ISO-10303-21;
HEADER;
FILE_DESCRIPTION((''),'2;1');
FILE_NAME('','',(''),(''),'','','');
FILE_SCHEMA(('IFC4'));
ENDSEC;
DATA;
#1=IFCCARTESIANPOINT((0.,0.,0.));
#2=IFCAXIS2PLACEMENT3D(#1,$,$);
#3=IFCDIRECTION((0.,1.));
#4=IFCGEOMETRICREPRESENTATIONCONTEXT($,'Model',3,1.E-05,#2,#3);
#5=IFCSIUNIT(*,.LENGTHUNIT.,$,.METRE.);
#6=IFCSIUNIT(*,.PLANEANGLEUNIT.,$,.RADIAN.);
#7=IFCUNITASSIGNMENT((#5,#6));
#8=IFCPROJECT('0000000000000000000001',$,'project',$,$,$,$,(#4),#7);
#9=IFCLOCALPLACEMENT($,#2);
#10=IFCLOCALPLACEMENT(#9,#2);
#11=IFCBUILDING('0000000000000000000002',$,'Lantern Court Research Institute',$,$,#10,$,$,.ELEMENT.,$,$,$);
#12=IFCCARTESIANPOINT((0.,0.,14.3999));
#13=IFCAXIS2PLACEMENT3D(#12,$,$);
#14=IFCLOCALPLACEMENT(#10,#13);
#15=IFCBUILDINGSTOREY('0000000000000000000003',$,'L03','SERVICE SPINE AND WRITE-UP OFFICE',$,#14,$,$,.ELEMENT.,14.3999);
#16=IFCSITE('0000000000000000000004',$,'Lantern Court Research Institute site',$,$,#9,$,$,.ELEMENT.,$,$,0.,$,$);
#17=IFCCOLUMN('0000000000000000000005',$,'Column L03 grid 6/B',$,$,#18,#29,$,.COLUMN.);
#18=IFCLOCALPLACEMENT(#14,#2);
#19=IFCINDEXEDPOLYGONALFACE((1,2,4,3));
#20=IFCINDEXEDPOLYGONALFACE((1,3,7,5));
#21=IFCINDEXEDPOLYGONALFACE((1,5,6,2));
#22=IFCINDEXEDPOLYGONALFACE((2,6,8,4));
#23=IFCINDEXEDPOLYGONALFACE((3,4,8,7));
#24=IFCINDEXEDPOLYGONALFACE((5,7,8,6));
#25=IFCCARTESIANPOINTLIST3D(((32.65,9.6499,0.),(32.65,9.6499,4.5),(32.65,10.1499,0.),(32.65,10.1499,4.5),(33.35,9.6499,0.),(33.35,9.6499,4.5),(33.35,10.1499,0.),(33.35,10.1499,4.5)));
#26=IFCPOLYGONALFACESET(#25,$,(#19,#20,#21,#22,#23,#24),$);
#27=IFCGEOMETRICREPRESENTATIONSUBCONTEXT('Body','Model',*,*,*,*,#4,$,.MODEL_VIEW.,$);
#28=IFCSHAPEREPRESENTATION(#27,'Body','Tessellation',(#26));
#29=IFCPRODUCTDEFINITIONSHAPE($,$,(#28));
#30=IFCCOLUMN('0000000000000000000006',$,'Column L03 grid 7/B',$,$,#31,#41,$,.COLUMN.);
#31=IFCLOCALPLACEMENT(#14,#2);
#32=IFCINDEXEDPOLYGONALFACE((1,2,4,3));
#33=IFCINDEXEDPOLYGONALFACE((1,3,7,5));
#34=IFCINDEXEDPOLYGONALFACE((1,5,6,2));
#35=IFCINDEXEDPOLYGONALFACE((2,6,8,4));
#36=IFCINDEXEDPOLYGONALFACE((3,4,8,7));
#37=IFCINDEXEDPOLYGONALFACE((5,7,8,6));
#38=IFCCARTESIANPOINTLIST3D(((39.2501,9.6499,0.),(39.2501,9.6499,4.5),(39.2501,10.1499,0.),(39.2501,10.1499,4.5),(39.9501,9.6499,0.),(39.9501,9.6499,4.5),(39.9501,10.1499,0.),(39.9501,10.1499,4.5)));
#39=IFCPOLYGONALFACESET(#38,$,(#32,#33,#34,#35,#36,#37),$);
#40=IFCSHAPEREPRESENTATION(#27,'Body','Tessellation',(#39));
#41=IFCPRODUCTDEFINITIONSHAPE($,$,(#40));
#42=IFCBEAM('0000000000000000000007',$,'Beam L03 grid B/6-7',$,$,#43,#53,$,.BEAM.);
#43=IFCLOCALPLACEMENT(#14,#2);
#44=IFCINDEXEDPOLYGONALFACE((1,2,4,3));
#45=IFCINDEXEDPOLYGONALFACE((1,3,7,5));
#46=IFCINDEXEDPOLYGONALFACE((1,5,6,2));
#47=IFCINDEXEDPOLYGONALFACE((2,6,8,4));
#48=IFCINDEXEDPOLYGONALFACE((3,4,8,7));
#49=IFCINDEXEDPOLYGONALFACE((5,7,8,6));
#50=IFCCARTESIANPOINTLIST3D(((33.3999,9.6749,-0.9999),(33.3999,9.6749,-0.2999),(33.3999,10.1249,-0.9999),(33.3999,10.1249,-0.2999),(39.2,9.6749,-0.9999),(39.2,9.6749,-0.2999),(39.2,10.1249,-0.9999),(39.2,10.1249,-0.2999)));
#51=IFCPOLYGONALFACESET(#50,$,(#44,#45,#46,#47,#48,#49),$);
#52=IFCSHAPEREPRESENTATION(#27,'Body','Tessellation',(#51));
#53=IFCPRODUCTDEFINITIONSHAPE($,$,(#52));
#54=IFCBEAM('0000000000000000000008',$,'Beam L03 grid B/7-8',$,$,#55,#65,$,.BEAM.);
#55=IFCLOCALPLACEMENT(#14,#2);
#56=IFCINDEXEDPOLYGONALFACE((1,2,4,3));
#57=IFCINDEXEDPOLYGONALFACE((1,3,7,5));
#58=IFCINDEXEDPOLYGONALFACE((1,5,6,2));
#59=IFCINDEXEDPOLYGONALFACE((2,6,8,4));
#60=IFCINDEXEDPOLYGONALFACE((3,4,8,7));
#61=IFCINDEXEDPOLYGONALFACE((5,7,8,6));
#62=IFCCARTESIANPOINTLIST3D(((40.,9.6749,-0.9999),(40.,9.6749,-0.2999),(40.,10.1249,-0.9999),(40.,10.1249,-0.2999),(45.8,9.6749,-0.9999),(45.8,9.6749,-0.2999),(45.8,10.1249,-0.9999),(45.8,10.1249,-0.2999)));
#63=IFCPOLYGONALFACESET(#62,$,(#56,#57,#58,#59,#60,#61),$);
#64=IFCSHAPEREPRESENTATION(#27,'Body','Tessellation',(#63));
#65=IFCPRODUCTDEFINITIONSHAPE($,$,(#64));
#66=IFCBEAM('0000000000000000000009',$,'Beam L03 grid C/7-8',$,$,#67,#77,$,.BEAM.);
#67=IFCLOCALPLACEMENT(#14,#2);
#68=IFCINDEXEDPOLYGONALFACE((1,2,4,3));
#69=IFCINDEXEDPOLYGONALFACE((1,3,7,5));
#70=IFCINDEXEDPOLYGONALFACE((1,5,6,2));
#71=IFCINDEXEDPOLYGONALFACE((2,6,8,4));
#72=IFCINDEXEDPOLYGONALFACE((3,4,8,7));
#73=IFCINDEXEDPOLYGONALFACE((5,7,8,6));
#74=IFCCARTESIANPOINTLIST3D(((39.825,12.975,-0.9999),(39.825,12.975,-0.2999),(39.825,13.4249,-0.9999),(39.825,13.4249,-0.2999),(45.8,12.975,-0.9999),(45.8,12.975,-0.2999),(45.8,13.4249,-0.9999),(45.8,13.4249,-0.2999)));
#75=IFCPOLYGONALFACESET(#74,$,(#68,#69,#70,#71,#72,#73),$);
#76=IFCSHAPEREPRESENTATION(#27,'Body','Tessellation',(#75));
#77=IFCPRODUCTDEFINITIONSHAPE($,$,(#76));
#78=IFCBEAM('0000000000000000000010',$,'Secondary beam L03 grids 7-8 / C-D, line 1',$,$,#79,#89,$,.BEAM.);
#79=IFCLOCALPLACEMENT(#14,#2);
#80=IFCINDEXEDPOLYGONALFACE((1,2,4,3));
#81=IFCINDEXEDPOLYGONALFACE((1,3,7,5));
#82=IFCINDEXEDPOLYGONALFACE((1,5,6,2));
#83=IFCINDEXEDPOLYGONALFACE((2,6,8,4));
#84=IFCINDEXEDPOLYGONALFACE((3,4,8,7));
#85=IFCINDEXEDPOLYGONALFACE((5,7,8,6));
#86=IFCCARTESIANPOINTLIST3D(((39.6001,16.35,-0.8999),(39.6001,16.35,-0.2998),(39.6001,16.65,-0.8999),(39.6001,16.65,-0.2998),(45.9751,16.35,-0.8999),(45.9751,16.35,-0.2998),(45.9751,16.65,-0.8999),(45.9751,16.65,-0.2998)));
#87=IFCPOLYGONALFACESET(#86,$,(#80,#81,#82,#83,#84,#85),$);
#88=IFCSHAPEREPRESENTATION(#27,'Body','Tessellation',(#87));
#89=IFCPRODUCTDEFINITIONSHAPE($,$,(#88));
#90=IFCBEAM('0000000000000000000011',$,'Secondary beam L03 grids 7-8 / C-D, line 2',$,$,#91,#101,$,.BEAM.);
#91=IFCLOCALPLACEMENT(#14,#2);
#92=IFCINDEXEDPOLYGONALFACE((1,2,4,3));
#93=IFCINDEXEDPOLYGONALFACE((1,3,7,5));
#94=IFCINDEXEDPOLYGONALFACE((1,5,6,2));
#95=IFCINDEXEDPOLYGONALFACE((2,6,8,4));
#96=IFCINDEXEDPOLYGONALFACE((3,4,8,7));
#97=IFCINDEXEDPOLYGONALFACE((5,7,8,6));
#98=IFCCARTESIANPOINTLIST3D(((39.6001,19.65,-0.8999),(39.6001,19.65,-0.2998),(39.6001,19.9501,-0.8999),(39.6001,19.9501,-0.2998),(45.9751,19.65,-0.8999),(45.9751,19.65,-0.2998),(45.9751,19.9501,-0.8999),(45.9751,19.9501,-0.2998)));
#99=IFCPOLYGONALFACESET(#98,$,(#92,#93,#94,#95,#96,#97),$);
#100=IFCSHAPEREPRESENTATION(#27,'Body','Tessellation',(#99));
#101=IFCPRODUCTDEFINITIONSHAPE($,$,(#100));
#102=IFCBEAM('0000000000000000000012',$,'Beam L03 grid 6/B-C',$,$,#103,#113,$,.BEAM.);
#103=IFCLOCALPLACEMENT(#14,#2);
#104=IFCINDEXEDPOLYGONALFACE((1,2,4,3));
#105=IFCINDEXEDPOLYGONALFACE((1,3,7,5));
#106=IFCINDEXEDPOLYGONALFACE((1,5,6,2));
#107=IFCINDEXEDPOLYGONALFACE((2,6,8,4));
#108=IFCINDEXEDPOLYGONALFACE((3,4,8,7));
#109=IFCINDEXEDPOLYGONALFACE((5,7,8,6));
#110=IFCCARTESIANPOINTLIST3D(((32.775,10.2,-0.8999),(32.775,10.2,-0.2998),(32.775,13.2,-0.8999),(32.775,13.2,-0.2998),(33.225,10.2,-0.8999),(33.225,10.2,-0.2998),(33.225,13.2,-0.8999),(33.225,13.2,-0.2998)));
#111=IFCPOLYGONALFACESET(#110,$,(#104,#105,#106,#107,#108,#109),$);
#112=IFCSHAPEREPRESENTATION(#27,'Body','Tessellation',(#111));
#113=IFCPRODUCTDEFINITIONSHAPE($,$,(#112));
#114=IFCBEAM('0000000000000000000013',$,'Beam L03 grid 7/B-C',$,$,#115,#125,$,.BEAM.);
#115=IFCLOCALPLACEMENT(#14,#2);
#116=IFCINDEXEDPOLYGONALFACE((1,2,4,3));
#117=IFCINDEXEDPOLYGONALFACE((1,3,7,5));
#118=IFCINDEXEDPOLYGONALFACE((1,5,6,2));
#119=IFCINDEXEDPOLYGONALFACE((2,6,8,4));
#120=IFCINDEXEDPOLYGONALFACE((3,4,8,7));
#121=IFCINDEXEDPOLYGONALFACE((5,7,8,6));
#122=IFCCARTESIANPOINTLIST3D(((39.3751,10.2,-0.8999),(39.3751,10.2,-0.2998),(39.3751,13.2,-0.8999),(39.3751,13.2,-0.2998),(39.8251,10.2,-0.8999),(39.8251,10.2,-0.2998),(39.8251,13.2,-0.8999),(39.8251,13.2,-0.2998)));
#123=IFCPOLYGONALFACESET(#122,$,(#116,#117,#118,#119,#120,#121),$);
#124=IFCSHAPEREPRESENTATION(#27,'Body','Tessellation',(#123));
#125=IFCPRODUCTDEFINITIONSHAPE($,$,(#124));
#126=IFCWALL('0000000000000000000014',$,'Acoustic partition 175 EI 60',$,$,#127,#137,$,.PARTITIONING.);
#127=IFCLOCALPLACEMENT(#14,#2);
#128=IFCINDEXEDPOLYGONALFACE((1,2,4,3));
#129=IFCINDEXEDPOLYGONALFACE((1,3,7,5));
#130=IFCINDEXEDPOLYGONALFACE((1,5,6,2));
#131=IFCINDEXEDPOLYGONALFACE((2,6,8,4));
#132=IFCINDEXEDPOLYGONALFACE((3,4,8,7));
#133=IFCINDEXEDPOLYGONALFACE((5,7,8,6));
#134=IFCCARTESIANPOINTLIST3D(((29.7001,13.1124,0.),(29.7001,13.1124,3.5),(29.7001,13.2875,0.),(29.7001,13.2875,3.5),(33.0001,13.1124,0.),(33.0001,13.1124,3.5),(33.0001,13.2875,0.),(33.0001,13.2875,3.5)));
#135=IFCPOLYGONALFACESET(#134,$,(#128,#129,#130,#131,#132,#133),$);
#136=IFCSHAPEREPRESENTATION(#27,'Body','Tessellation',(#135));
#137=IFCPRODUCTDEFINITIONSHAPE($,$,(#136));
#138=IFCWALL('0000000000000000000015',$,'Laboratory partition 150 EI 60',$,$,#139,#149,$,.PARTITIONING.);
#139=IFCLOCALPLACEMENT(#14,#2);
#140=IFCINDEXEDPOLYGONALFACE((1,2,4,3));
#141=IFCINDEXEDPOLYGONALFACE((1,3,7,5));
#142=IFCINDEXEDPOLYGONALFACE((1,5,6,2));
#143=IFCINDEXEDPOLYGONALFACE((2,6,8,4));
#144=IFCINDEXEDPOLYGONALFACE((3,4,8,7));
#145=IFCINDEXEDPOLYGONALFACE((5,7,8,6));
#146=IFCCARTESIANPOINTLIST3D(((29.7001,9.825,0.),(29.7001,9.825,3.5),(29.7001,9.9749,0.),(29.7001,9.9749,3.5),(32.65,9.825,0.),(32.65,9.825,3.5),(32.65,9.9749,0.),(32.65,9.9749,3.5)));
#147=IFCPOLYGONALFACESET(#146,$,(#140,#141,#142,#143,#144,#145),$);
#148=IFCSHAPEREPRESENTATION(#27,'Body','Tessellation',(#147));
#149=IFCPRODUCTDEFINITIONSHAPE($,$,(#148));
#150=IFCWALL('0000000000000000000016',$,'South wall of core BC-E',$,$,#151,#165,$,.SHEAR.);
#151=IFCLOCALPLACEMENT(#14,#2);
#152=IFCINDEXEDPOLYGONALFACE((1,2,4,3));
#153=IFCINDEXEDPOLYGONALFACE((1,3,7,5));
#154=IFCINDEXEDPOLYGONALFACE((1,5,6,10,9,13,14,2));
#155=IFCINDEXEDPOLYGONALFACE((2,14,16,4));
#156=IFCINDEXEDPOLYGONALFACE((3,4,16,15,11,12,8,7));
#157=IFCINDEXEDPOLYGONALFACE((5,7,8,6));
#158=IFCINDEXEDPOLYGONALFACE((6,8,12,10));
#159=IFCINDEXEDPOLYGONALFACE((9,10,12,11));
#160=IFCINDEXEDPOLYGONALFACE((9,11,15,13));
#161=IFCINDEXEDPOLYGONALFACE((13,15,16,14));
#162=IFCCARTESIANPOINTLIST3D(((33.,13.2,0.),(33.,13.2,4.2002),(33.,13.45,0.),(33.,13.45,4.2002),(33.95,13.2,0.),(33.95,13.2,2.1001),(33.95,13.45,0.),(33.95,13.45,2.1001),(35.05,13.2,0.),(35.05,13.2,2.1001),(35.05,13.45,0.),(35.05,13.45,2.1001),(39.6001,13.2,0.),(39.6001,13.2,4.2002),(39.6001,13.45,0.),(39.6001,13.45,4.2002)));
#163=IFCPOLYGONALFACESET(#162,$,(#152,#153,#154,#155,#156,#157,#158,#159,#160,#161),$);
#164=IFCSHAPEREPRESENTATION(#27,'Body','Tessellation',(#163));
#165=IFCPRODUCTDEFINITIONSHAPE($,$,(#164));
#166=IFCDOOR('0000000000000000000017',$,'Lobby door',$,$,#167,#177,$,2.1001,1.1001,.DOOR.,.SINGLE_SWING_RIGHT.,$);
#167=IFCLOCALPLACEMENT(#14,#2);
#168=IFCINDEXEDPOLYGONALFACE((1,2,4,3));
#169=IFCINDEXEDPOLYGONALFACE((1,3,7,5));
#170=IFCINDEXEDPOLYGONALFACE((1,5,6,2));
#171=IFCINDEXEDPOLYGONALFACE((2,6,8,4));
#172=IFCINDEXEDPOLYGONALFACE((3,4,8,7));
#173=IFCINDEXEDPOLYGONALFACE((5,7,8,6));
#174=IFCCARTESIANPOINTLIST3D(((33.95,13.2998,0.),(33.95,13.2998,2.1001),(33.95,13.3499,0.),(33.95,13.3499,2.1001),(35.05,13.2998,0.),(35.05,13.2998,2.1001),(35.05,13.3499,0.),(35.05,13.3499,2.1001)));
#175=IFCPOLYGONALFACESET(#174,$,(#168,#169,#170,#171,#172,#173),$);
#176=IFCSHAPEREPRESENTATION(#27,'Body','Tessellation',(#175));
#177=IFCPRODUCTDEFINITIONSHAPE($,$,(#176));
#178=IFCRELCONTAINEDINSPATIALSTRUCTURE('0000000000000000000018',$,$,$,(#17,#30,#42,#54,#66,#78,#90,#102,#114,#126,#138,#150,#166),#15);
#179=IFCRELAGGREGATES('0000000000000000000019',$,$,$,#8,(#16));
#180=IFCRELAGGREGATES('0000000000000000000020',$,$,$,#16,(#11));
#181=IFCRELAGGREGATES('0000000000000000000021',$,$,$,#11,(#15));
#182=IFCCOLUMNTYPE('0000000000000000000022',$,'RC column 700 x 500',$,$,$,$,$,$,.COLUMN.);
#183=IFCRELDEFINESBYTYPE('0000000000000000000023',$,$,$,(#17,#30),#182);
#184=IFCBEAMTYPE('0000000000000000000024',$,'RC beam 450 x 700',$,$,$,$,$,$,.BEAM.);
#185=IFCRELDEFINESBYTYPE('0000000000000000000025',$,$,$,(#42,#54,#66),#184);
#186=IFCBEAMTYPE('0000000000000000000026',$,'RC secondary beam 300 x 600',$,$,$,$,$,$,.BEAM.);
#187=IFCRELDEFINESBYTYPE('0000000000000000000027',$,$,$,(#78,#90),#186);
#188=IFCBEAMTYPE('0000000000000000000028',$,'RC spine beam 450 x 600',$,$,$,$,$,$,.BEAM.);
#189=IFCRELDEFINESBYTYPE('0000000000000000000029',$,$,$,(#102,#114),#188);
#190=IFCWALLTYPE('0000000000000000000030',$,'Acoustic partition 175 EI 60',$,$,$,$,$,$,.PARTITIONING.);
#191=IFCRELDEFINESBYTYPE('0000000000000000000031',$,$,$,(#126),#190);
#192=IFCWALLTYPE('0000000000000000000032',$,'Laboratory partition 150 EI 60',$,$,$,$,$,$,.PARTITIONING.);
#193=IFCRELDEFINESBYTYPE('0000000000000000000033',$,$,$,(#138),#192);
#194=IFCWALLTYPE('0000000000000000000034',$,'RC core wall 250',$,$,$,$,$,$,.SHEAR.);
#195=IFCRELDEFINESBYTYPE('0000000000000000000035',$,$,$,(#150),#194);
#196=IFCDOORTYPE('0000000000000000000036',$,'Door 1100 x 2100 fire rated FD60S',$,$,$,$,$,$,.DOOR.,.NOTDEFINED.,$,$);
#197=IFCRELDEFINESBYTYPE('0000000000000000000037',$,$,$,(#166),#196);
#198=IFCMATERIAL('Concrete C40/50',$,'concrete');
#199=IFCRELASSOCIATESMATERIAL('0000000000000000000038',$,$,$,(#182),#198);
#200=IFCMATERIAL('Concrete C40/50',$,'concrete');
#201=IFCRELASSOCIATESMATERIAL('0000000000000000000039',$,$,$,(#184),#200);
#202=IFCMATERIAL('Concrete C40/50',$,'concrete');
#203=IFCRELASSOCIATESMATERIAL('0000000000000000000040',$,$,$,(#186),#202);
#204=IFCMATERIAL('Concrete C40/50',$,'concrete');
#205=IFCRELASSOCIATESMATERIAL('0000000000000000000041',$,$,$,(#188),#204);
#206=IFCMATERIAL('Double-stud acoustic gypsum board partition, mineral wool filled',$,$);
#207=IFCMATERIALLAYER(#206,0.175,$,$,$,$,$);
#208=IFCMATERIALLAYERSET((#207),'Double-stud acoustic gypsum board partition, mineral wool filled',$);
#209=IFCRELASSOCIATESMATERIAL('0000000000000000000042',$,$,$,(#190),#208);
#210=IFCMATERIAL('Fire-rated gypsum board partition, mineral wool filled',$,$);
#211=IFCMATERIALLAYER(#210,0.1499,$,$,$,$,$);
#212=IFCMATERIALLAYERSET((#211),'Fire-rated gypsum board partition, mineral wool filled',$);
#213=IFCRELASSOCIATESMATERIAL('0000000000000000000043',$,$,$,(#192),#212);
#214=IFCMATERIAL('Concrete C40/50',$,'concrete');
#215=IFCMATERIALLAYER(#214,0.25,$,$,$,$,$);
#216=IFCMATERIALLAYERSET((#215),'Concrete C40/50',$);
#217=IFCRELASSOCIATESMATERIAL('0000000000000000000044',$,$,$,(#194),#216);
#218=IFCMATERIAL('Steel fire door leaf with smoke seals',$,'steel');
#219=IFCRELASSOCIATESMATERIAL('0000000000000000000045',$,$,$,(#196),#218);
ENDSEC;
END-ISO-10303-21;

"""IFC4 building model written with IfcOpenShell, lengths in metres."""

from ifc_helpers import new_model, si_unit, direction, frame, frame_2d, origin, origin_2d, place, context, subcontext, project, spatial, rectangle, extrude, material, layer, layer_set, material_profile, profile_set, type_object, element, fill, save


model = new_model("IFC4")

# Units and contexts
model_context = context("Model", 3, precision=1e-05, world=origin(), true_north=direction((0.0, 1.0)))
body_context = subcontext(model_context, "Body", "Model", "MODEL_VIEW")
ifc_project = project(units=[si_unit("LENGTHUNIT", "METRE"), si_unit("PLANEANGLEUNIT", "RADIAN")], contexts=[model_context])

# Site, building, storey
site_placement = place(None, origin())
site = spatial("IfcSite", under=ifc_project, at=site_placement, Name="Lantern Court Research Institute site", CompositionType="ELEMENT", RefElevation=0.0)
building_placement = place(site_placement, origin())
building = spatial("IfcBuilding", under=site, at=building_placement, Name="Lantern Court Research Institute", CompositionType="ELEMENT")
storey_placement = place(building_placement, frame((0.0, 0.0, 14.3999)))
storey = spatial("IfcBuildingStorey", under=building, at=storey_placement, Name="L03", Description="SERVICE SPINE AND WRITE-UP OFFICE", CompositionType="ELEMENT", Elevation=14.3999)

# Columns
ifc_material_1 = material(Name="Concrete C40/50", Category="concrete")
ifc_material_profile_1 = material_profile(ifc_material_1, rectangle(XDim=0.7, YDim=0.5, at=origin_2d()), Name="RC column 700 x 500")
ifc_profile_set_1 = profile_set([ifc_material_profile_1], Name="Concrete C40/50")
column_type = type_object("IfcColumnType", Name="RC column 700 x 500", PredefinedType="COLUMN", material=ifc_profile_set_1)
for number, where, z_axis, x_axis, name in (
    (1, (33.0, 9.8999, 0.0), (0.0, 0.0, 1.0), (1.0, 0.0, 0.0), "Column L03 grid 6/B"),
    (2, (39.6001, 9.8999, 0.0), (0.0, 0.0, 1.0), (1.0, 0.0, 0.0), "Column L03 grid 7/B"),
):
    element("IfcColumn", number, at=place(storey_placement, frame(where, z_axis=z_axis, x_axis=x_axis)), inside=storey, type_object=column_type, Name=name, PredefinedType="COLUMN", context=body_context, shape_type="SweptSolid", body=[
        extrude(rectangle(XDim=0.7, YDim=0.5, at=origin_2d()), origin(), (0.0, 0.0, 1.0), 4.5),
    ])

# Beams
ifc_material_2 = material(Name="Concrete C40/50", Category="concrete")
ifc_material_profile_2 = material_profile(ifc_material_2, rectangle(XDim=0.45, YDim=0.7, at=origin_2d()), Name="RC beam 450 x 700")
ifc_profile_set_2 = profile_set([ifc_material_profile_2], Name="Concrete C40/50")
beam_type_1 = type_object("IfcBeamType", Name="RC beam 450 x 700", PredefinedType="BEAM", material=ifc_profile_set_2)
for number, where, z_axis, x_axis, name in (
    (3, (33.3999, 9.8999, -0.6499), (1.0, 0.0, 0.0), (0.0, 1.0, 0.0), "Beam L03 grid B/6-7"),
    (4, (40.0, 9.8999, -0.6499), (1.0, 0.0, 0.0), (0.0, 1.0, 0.0), "Beam L03 grid B/7-8"),
):
    element("IfcBeam", number, at=place(storey_placement, frame(where, z_axis=z_axis, x_axis=x_axis)), inside=storey, type_object=beam_type_1, Name=name, PredefinedType="BEAM", context=body_context, shape_type="SweptSolid", body=[
        extrude(rectangle(XDim=0.45, YDim=0.7, at=origin_2d()), origin(), (0.0, 0.0, 1.0), 5.8),
    ])
beam_placement = place(storey_placement, frame((39.825, 13.2, -0.6499), z_axis=(1.0, 0.0, 0.0), x_axis=(0.0, 1.0, 0.0)))
element("IfcBeam", 5, at=beam_placement, inside=storey, type_object=beam_type_1, Name="Beam L03 grid C/7-8", PredefinedType="BEAM", context=body_context, shape_type="SweptSolid", body=[
    extrude(rectangle(XDim=0.45, YDim=0.7, at=origin_2d()), origin(), (0.0, 0.0, 1.0), 5.9751),
])
ifc_material_3 = material(Name="Concrete C40/50", Category="concrete")
ifc_material_profile_3 = material_profile(ifc_material_3, rectangle(XDim=0.3, YDim=0.6001, at=origin_2d()), Name="RC beam 300 x 600")
ifc_profile_set_3 = profile_set([ifc_material_profile_3], Name="Concrete C40/50")
beam_type_2 = type_object("IfcBeamType", Name="RC secondary beam 300 x 600", PredefinedType="BEAM", material=ifc_profile_set_3)
for number, where, z_axis, x_axis, name in (
    (6, (39.6001, 16.5, -0.5999), (1.0, 0.0, 0.0), (0.0, 1.0, 0.0), "Secondary beam L03 grids 7-8 / C-D, line 1"),
    (7, (39.6001, 19.8, -0.5999), (1.0, 0.0, 0.0), (0.0, 1.0, 0.0), "Secondary beam L03 grids 7-8 / C-D, line 2"),
):
    element("IfcBeam", number, at=place(storey_placement, frame(where, z_axis=z_axis, x_axis=x_axis)), inside=storey, type_object=beam_type_2, Name=name, PredefinedType="BEAM", context=body_context, shape_type="SweptSolid", body=[
        extrude(rectangle(XDim=0.3, YDim=0.6001, at=origin_2d()), origin(), (0.0, 0.0, 1.0), 6.375),
    ])
ifc_material_4 = material(Name="Concrete C40/50", Category="concrete")
ifc_material_profile_4 = material_profile(ifc_material_4, rectangle(XDim=0.45, YDim=0.6001, at=origin_2d()), Name="RC beam 450 x 600")
ifc_profile_set_4 = profile_set([ifc_material_profile_4], Name="Concrete C40/50")
beam_type_3 = type_object("IfcBeamType", Name="RC spine beam 450 x 600", PredefinedType="BEAM", material=ifc_profile_set_4)
for number, where, z_axis, x_axis, name in (
    (8, (33.0, 10.2, -0.5999), (0.0, 1.0, 0.0), (-1.0, 0.0, 0.0), "Beam L03 grid 6/B-C"),
    (9, (39.6001, 10.2, -0.5999), (0.0, 1.0, 0.0), (-1.0, 0.0, 0.0), "Beam L03 grid 7/B-C"),
):
    element("IfcBeam", number, at=place(storey_placement, frame(where, z_axis=z_axis, x_axis=x_axis)), inside=storey, type_object=beam_type_3, Name=name, PredefinedType="BEAM", context=body_context, shape_type="SweptSolid", body=[
        extrude(rectangle(XDim=0.45, YDim=0.6001, at=origin_2d()), origin(), (0.0, 0.0, 1.0), 3.0),
    ])

# Walls
ifc_material_5 = material(Name="Double-stud acoustic gypsum board partition, mineral wool filled")
ifc_layer_1 = layer(ifc_material_5, 0.175)
ifc_layer_set_1 = layer_set([ifc_layer_1], Name="Double-stud acoustic gypsum board partition, mineral wool filled")
wall_type_1 = type_object("IfcWallType", Name="Acoustic partition 175 EI 60", PredefinedType="PARTITIONING", material=ifc_layer_set_1)
wall_1_placement = place(storey_placement, frame((33.0, 13.2, 0.0), z_axis=(0.0, 0.0, 1.0), x_axis=(-1.0, 0.0, 0.0)))
element("IfcWall", 10, at=wall_1_placement, inside=storey, type_object=wall_type_1, Name="Acoustic partition 175 EI 60", PredefinedType="PARTITIONING", context=body_context, shape_type="SweptSolid", body=[
    extrude(rectangle(XDim=3.3, YDim=0.175, at=frame_2d((1.6499, 0.0))), origin(), (0.0, 0.0, 1.0), 3.5),
])
ifc_material_6 = material(Name="Fire-rated gypsum board partition, mineral wool filled")
ifc_layer_2 = layer(ifc_material_6, 0.1499)
ifc_layer_set_2 = layer_set([ifc_layer_2], Name="Fire-rated gypsum board partition, mineral wool filled")
wall_type_2 = type_object("IfcWallType", Name="Laboratory partition 150 EI 60", PredefinedType="PARTITIONING", material=ifc_layer_set_2)
wall_2_placement = place(storey_placement, frame((29.7, 9.8999, 0.0), z_axis=(0.0, 0.0, 1.0), x_axis=(1.0, 0.0, 0.0)))
element("IfcWall", 11, at=wall_2_placement, inside=storey, type_object=wall_type_2, Name="Laboratory partition 150 EI 60", PredefinedType="PARTITIONING", context=body_context, shape_type="SweptSolid", body=[
    extrude(rectangle(XDim=2.95, YDim=0.1499, at=frame_2d((1.4751, 0.0))), origin(), (0.0, 0.0, 1.0), 3.5),
])

# Wall, opening, door
ifc_material_7 = material(Name="Concrete C40/50", Category="concrete")
ifc_layer_3 = layer(ifc_material_7, 0.25)
ifc_layer_set_3 = layer_set([ifc_layer_3], Name="Concrete C40/50")
wall_type_3 = type_object("IfcWallType", Name="RC core wall 250", PredefinedType="SHEAR", material=ifc_layer_set_3)
wall_3_placement = place(storey_placement, frame((33.0, 13.325, 0.0), z_axis=(0.0, 0.0, 1.0), x_axis=(1.0, 0.0, 0.0)))
wall_3 = element("IfcWall", 12, at=wall_3_placement, inside=storey, type_object=wall_type_3, Name="South wall of core BC-E", PredefinedType="SHEAR", context=body_context, shape_type="SweptSolid", body=[
    extrude(rectangle(XDim=6.6001, YDim=0.25, at=frame_2d((3.3, 0.0))), origin(), (0.0, 0.0, 1.0), 4.2002),
])
opening_1_placement = place(wall_3_placement, frame((0.95, 0.0, 0.0)))
opening_1 = element("IfcOpeningElement", 13, at=opening_1_placement, cuts=wall_3, PredefinedType="OPENING", context=body_context, shape_type="SweptSolid", body=[
    extrude(rectangle(XDim=1.1001, YDim=2.1001, at=frame_2d((0.55, 1.05))), frame((0.0, 0.135, 0.0), z_axis=(0.0, -1.0, 0.0), x_axis=(1.0, 0.0, 0.0)), (0.0, 0.0, 1.0), 0.27),
])
ifc_material_8 = material(Name="Steel fire door leaf with smoke seals", Category="steel")
door_type_1 = type_object("IfcDoorType", Name="Door 1100 x 2100 fire rated FD60S", OperationType="NOTDEFINED", PredefinedType="DOOR", material=ifc_material_8)
door_1_placement = place(opening_1_placement, origin())
door_1 = element("IfcDoor", 14, at=door_1_placement, inside=storey, type_object=door_type_1, Name="Lobby door", OperationType="SINGLE_SWING_RIGHT", OverallHeight=2.1001, OverallWidth=1.1001, PredefinedType="DOOR", context=body_context, shape_type="SweptSolid", body=[
    extrude(rectangle(XDim=1.1001, YDim=2.1001, at=frame_2d((0.55, 1.05))), frame((0.0, 0.0249, 0.0), z_axis=(0.0, -1.0, 0.0), x_axis=(1.0, 0.0, 0.0)), (0.0, 0.0, 1.0), 0.05),
])
fill(opening_1, door_1)

save(model, "model.ifc")
